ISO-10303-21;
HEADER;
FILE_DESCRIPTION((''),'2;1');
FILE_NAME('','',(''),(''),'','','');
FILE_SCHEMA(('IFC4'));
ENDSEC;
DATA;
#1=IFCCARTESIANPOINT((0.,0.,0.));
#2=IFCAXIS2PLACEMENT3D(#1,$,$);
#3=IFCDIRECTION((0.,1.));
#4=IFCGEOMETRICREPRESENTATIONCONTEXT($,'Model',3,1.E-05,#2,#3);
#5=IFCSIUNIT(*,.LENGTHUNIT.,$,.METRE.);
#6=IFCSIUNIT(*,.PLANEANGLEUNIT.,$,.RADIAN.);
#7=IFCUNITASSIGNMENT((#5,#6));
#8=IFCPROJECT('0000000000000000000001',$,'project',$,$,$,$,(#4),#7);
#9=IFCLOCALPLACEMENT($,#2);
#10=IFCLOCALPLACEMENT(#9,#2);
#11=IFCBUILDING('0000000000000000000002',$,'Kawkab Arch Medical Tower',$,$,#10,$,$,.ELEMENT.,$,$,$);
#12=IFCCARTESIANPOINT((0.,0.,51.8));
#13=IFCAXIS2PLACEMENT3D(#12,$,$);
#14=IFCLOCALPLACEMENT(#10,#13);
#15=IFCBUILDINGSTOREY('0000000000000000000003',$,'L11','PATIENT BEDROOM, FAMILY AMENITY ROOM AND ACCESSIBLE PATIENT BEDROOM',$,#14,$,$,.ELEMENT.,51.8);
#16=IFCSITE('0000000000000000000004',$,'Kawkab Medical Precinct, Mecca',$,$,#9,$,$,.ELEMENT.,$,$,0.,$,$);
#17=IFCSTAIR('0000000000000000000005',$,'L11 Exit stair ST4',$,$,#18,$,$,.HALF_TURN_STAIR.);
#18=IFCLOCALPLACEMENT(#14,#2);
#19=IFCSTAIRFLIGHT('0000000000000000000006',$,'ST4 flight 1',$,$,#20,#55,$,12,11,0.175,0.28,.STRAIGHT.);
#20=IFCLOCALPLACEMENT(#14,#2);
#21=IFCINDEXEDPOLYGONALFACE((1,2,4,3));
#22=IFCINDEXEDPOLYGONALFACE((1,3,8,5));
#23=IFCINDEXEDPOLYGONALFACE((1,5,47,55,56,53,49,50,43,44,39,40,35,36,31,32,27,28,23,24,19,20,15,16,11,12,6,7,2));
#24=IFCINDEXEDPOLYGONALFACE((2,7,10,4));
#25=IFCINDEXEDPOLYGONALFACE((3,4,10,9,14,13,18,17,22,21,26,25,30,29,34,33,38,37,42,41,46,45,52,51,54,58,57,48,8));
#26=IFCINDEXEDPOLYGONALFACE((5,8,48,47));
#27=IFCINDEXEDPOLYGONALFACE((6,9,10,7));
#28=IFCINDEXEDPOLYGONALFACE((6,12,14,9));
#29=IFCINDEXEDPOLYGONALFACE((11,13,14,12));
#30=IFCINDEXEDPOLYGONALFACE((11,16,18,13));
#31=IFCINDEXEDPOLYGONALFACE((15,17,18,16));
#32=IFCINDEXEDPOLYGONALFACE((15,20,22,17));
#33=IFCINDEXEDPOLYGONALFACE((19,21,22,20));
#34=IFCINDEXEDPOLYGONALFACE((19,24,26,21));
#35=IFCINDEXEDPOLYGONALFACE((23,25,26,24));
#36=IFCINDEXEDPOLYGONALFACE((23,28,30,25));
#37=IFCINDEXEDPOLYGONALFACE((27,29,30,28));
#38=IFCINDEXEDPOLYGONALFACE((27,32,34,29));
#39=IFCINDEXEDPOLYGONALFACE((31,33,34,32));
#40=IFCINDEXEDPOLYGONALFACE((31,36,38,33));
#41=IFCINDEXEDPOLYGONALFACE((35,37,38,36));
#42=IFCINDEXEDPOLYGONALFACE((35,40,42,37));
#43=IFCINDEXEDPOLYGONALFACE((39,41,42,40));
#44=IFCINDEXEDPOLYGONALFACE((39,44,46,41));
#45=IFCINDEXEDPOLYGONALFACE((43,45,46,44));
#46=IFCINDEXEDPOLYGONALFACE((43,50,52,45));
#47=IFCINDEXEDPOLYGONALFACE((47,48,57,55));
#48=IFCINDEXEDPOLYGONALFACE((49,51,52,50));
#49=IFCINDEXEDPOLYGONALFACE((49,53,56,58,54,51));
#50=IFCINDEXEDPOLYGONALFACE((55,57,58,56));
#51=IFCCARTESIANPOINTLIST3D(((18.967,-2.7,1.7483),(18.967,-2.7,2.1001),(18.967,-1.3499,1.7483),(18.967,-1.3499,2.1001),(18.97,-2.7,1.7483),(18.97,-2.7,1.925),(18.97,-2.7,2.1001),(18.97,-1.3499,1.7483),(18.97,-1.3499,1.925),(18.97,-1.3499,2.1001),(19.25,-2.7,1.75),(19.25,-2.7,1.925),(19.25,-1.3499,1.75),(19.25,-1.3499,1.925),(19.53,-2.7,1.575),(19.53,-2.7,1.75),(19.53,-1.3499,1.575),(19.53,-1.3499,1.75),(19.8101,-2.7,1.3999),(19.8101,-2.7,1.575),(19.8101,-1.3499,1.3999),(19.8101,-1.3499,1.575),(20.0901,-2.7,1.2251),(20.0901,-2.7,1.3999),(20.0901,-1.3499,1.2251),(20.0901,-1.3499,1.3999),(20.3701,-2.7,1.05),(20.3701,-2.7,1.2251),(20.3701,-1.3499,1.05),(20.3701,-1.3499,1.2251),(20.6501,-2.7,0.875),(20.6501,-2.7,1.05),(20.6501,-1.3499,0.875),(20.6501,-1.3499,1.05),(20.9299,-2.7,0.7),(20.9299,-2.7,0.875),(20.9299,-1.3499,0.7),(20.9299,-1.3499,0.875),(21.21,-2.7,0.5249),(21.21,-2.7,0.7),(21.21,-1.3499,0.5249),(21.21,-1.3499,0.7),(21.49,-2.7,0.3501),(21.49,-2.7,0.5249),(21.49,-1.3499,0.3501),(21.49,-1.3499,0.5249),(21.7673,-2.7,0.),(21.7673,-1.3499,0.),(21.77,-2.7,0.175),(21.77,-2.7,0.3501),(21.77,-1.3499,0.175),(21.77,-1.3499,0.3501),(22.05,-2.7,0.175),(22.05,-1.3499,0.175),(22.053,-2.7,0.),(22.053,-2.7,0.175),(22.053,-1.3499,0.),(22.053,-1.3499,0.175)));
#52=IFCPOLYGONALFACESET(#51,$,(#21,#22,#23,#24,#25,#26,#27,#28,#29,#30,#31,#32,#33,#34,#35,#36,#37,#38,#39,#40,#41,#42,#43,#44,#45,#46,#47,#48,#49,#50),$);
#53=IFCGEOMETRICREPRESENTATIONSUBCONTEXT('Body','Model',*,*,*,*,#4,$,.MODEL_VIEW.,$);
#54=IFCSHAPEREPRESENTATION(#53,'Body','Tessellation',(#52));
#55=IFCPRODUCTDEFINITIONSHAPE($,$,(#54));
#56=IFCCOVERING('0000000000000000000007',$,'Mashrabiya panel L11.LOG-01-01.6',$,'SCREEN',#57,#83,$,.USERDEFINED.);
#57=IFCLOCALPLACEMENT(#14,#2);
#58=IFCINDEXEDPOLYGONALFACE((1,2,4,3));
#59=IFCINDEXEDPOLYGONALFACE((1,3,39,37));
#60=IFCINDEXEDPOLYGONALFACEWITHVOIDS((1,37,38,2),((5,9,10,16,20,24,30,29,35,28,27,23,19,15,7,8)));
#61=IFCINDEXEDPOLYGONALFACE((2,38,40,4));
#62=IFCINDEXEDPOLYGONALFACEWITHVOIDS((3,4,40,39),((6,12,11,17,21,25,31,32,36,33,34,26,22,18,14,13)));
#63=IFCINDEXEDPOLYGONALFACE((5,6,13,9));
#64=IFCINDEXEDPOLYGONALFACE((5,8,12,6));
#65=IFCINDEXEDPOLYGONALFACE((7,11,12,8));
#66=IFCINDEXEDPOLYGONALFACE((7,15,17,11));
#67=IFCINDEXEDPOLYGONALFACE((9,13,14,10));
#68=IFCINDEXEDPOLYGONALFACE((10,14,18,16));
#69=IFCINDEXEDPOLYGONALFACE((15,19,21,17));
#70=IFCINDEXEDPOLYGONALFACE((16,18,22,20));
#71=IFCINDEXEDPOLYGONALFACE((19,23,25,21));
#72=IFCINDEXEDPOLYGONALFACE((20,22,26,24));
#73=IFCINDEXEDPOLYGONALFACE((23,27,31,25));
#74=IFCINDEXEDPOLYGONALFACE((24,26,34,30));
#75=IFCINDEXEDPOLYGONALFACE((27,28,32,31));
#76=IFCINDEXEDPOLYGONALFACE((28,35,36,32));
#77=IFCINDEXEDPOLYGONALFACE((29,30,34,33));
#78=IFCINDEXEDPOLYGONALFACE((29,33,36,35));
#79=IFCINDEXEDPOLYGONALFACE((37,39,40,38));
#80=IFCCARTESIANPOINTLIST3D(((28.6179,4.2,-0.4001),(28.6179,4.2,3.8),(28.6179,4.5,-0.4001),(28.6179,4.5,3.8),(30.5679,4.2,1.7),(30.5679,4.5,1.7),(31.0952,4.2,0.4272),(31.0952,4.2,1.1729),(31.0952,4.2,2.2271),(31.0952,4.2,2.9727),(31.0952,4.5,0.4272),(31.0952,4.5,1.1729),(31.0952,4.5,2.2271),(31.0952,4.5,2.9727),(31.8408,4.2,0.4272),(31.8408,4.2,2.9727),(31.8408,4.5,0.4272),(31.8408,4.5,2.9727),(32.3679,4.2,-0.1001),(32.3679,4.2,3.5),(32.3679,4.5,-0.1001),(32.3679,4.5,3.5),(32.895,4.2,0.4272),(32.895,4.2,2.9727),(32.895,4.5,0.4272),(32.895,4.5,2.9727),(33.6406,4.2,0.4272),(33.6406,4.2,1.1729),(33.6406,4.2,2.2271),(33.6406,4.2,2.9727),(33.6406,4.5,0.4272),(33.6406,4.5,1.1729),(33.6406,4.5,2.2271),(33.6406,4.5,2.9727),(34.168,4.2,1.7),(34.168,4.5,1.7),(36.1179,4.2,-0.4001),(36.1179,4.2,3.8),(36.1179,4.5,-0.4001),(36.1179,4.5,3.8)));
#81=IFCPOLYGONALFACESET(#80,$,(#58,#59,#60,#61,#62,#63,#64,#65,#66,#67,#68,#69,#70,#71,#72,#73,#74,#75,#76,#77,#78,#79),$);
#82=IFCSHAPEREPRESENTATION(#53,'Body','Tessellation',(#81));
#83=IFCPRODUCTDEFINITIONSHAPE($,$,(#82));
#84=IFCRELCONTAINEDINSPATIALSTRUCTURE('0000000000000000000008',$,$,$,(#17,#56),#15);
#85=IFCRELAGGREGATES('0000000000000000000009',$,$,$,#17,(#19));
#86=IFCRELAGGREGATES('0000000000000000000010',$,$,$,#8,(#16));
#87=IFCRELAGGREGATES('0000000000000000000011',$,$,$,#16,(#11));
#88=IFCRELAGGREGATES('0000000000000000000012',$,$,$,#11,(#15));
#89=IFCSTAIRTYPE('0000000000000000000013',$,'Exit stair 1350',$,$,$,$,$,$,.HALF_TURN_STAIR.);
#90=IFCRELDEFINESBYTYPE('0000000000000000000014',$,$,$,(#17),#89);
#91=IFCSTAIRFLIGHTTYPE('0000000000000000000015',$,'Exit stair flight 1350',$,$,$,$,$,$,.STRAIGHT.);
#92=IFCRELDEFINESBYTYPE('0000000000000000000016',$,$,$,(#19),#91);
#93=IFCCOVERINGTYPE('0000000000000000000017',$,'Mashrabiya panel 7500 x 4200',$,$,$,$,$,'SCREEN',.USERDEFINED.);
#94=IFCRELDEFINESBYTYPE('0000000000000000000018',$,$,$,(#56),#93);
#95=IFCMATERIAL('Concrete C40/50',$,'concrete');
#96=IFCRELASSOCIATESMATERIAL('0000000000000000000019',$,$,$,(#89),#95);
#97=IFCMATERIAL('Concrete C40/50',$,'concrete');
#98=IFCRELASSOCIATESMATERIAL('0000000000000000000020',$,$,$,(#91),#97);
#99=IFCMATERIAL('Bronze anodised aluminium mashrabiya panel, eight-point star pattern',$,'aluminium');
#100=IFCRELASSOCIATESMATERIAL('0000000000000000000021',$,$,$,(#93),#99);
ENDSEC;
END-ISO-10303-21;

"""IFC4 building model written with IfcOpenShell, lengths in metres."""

from ifc_helpers import new_model, si_unit, direction, frame, origin, place, context, subcontext, project, spatial, polyline, outline, extrude, material, material_profile, profile_set, type_object, element, aggregate, save


model = new_model("IFC4")

# Units and contexts
model_context = context("Model", 3, precision=1e-05, world=origin(), true_north=direction((0.0, 1.0)))
body_context = subcontext(model_context, "Body", "Model", "MODEL_VIEW")
ifc_project = project(units=[si_unit("LENGTHUNIT", "METRE"), si_unit("PLANEANGLEUNIT", "RADIAN")], contexts=[model_context])

# Site, building, storey
site_placement = place(None, origin())
site = spatial("IfcSite", under=ifc_project, at=site_placement, Name="Kawkab Medical Precinct, Mecca", CompositionType="ELEMENT", RefElevation=0.0)
building_placement = place(site_placement, origin())
building = spatial("IfcBuilding", under=site, at=building_placement, Name="Kawkab Arch Medical Tower", CompositionType="ELEMENT")
storey_placement = place(building_placement, frame((0.0, 0.0, 51.8)))
storey = spatial("IfcBuildingStorey", under=building, at=storey_placement, Name="L11", Description="PATIENT BEDROOM, FAMILY AMENITY ROOM AND ACCESSIBLE PATIENT BEDROOM", CompositionType="ELEMENT", Elevation=51.8)

# Shared definitions
placement = place(storey_placement, origin())

# Stair, stair flight
ifc_material_1 = material(Name="Concrete C40/50", Category="concrete")
stair_type = type_object("IfcStairType", Name="Exit stair 1350", PredefinedType="HALF_TURN_STAIR", material=ifc_material_1)
stair = element("IfcStair", 1, at=placement, inside=storey, type_object=stair_type, Name="L11 Exit stair ST4", PredefinedType="HALF_TURN_STAIR")
ifc_material_2 = material(Name="Concrete C40/50", Category="concrete")
stair_flight_type = type_object("IfcStairFlightType", Name="Exit stair flight 1350", PredefinedType="STRAIGHT", material=ifc_material_2)
stair_flight_placement = place(storey_placement, frame((22.05, -2.0249, 0.0), z_axis=(0.0, 0.0, 1.0), x_axis=(-1.0, 0.0, 0.0)))
stair_flight = element("IfcStairFlight", 2, at=stair_flight_placement, type_object=stair_flight_type, Name="ST4 flight 1", NumberOfRisers=12, NumberOfTreads=11, PredefinedType="STRAIGHT", RiserHeight=0.175, TreadLength=0.28, context=body_context, shape_type="SweptSolid", body=[
    extrude(outline(polyline([(-0.0029, 0.0), (-0.0029, 0.175), (0.0, 0.175), (0.28, 0.175), (0.28, 0.3501), (0.5601, 0.3501), (0.5601, 0.5249), (0.8401, 0.5249), (0.8401, 0.7), (1.1201, 0.7), (1.1201, 0.875), (1.3999, 0.875), (1.3999, 1.05), (1.6799, 1.05), (1.6799, 1.2251), (1.96, 1.2251), (1.96, 1.3999), (2.24, 1.3999), (2.24, 1.575), (2.52, 1.575), (2.52, 1.75), (2.8, 1.75), (2.8, 1.925), (3.0801, 1.925), (3.0801, 2.1001), (3.083, 2.1001), (3.083, 1.7483), (3.0801, 1.7483), (0.2827, 0.0), (-0.0029, 0.0)])), frame((0.0, 0.675, 0.0), z_axis=(0.0, -1.0, 0.0), x_axis=(1.0, 0.0, 0.0)), (0.0, 0.0, 1.0), 1.3501),
])
aggregate(stair, [stair_flight])

# Covering
ifc_material_3 = material(Name="Bronze anodised aluminium mashrabiya panel, eight-point star pattern", Category="aluminium")
ifc_material_profile_1 = material_profile(ifc_material_3, outline(polyline([(-3.75, -2.1001), (3.75, -2.1001), (3.75, 2.1001), (-3.75, 2.1001), (-3.75, -2.1001)]), holes=[polyline([(1.8, 0.0), (1.2727, 0.5271), (1.2727, 1.2727), (0.5271, 1.2727), (0.0, 1.8), (-0.5271, 1.2727), (-1.2727, 1.2727), (-1.2727, 0.5271), (-1.8, 0.0), (-1.2727, -0.5271), (-1.2727, -1.2727), (-0.5271, -1.2727), (0.0, -1.8), (0.5271, -1.2727), (1.2727, -1.2727), (1.2727, -0.5271), (1.8, 0.0)])]), Name="Mashrabiya panel 7500x4200")
ifc_profile_set_1 = profile_set([ifc_material_profile_1], Name="Bronze anodised aluminium mashrabiya panel, eight-point star pattern")
covering_type = type_object("IfcCoveringType", Name="Mashrabiya panel 7500 x 4200", ElementType="SCREEN", PredefinedType="USERDEFINED", material=ifc_profile_set_1)
covering_placement = place(storey_placement, frame((32.3679, 4.2, 1.7), z_axis=(0.0, 1.0, 0.0), x_axis=(-1.0, 0.0, 0.0)))
element("IfcCovering", 3, at=covering_placement, inside=storey, type_object=covering_type, Name="Mashrabiya panel L11.LOG-01-01.6", ObjectType="SCREEN", PredefinedType="USERDEFINED", context=body_context, shape_type="SweptSolid", body=[
    extrude(outline(polyline([(-3.75, -2.1001), (3.75, -2.1001), (3.75, 2.1001), (-3.75, 2.1001), (-3.75, -2.1001)]), holes=[polyline([(1.8, 0.0), (1.2727, 0.5271), (1.2727, 1.2727), (0.5271, 1.2727), (0.0, 1.8), (-0.5271, 1.2727), (-1.2727, 1.2727), (-1.2727, 0.5271), (-1.8, 0.0), (-1.2727, -0.5271), (-1.2727, -1.2727), (-0.5271, -1.2727), (0.0, -1.8), (0.5271, -1.2727), (1.2727, -1.2727), (1.2727, -0.5271), (1.8, 0.0)])]), origin(), (0.0, 0.0, 1.0), 0.3),
])

save(model, "model.ifc")
